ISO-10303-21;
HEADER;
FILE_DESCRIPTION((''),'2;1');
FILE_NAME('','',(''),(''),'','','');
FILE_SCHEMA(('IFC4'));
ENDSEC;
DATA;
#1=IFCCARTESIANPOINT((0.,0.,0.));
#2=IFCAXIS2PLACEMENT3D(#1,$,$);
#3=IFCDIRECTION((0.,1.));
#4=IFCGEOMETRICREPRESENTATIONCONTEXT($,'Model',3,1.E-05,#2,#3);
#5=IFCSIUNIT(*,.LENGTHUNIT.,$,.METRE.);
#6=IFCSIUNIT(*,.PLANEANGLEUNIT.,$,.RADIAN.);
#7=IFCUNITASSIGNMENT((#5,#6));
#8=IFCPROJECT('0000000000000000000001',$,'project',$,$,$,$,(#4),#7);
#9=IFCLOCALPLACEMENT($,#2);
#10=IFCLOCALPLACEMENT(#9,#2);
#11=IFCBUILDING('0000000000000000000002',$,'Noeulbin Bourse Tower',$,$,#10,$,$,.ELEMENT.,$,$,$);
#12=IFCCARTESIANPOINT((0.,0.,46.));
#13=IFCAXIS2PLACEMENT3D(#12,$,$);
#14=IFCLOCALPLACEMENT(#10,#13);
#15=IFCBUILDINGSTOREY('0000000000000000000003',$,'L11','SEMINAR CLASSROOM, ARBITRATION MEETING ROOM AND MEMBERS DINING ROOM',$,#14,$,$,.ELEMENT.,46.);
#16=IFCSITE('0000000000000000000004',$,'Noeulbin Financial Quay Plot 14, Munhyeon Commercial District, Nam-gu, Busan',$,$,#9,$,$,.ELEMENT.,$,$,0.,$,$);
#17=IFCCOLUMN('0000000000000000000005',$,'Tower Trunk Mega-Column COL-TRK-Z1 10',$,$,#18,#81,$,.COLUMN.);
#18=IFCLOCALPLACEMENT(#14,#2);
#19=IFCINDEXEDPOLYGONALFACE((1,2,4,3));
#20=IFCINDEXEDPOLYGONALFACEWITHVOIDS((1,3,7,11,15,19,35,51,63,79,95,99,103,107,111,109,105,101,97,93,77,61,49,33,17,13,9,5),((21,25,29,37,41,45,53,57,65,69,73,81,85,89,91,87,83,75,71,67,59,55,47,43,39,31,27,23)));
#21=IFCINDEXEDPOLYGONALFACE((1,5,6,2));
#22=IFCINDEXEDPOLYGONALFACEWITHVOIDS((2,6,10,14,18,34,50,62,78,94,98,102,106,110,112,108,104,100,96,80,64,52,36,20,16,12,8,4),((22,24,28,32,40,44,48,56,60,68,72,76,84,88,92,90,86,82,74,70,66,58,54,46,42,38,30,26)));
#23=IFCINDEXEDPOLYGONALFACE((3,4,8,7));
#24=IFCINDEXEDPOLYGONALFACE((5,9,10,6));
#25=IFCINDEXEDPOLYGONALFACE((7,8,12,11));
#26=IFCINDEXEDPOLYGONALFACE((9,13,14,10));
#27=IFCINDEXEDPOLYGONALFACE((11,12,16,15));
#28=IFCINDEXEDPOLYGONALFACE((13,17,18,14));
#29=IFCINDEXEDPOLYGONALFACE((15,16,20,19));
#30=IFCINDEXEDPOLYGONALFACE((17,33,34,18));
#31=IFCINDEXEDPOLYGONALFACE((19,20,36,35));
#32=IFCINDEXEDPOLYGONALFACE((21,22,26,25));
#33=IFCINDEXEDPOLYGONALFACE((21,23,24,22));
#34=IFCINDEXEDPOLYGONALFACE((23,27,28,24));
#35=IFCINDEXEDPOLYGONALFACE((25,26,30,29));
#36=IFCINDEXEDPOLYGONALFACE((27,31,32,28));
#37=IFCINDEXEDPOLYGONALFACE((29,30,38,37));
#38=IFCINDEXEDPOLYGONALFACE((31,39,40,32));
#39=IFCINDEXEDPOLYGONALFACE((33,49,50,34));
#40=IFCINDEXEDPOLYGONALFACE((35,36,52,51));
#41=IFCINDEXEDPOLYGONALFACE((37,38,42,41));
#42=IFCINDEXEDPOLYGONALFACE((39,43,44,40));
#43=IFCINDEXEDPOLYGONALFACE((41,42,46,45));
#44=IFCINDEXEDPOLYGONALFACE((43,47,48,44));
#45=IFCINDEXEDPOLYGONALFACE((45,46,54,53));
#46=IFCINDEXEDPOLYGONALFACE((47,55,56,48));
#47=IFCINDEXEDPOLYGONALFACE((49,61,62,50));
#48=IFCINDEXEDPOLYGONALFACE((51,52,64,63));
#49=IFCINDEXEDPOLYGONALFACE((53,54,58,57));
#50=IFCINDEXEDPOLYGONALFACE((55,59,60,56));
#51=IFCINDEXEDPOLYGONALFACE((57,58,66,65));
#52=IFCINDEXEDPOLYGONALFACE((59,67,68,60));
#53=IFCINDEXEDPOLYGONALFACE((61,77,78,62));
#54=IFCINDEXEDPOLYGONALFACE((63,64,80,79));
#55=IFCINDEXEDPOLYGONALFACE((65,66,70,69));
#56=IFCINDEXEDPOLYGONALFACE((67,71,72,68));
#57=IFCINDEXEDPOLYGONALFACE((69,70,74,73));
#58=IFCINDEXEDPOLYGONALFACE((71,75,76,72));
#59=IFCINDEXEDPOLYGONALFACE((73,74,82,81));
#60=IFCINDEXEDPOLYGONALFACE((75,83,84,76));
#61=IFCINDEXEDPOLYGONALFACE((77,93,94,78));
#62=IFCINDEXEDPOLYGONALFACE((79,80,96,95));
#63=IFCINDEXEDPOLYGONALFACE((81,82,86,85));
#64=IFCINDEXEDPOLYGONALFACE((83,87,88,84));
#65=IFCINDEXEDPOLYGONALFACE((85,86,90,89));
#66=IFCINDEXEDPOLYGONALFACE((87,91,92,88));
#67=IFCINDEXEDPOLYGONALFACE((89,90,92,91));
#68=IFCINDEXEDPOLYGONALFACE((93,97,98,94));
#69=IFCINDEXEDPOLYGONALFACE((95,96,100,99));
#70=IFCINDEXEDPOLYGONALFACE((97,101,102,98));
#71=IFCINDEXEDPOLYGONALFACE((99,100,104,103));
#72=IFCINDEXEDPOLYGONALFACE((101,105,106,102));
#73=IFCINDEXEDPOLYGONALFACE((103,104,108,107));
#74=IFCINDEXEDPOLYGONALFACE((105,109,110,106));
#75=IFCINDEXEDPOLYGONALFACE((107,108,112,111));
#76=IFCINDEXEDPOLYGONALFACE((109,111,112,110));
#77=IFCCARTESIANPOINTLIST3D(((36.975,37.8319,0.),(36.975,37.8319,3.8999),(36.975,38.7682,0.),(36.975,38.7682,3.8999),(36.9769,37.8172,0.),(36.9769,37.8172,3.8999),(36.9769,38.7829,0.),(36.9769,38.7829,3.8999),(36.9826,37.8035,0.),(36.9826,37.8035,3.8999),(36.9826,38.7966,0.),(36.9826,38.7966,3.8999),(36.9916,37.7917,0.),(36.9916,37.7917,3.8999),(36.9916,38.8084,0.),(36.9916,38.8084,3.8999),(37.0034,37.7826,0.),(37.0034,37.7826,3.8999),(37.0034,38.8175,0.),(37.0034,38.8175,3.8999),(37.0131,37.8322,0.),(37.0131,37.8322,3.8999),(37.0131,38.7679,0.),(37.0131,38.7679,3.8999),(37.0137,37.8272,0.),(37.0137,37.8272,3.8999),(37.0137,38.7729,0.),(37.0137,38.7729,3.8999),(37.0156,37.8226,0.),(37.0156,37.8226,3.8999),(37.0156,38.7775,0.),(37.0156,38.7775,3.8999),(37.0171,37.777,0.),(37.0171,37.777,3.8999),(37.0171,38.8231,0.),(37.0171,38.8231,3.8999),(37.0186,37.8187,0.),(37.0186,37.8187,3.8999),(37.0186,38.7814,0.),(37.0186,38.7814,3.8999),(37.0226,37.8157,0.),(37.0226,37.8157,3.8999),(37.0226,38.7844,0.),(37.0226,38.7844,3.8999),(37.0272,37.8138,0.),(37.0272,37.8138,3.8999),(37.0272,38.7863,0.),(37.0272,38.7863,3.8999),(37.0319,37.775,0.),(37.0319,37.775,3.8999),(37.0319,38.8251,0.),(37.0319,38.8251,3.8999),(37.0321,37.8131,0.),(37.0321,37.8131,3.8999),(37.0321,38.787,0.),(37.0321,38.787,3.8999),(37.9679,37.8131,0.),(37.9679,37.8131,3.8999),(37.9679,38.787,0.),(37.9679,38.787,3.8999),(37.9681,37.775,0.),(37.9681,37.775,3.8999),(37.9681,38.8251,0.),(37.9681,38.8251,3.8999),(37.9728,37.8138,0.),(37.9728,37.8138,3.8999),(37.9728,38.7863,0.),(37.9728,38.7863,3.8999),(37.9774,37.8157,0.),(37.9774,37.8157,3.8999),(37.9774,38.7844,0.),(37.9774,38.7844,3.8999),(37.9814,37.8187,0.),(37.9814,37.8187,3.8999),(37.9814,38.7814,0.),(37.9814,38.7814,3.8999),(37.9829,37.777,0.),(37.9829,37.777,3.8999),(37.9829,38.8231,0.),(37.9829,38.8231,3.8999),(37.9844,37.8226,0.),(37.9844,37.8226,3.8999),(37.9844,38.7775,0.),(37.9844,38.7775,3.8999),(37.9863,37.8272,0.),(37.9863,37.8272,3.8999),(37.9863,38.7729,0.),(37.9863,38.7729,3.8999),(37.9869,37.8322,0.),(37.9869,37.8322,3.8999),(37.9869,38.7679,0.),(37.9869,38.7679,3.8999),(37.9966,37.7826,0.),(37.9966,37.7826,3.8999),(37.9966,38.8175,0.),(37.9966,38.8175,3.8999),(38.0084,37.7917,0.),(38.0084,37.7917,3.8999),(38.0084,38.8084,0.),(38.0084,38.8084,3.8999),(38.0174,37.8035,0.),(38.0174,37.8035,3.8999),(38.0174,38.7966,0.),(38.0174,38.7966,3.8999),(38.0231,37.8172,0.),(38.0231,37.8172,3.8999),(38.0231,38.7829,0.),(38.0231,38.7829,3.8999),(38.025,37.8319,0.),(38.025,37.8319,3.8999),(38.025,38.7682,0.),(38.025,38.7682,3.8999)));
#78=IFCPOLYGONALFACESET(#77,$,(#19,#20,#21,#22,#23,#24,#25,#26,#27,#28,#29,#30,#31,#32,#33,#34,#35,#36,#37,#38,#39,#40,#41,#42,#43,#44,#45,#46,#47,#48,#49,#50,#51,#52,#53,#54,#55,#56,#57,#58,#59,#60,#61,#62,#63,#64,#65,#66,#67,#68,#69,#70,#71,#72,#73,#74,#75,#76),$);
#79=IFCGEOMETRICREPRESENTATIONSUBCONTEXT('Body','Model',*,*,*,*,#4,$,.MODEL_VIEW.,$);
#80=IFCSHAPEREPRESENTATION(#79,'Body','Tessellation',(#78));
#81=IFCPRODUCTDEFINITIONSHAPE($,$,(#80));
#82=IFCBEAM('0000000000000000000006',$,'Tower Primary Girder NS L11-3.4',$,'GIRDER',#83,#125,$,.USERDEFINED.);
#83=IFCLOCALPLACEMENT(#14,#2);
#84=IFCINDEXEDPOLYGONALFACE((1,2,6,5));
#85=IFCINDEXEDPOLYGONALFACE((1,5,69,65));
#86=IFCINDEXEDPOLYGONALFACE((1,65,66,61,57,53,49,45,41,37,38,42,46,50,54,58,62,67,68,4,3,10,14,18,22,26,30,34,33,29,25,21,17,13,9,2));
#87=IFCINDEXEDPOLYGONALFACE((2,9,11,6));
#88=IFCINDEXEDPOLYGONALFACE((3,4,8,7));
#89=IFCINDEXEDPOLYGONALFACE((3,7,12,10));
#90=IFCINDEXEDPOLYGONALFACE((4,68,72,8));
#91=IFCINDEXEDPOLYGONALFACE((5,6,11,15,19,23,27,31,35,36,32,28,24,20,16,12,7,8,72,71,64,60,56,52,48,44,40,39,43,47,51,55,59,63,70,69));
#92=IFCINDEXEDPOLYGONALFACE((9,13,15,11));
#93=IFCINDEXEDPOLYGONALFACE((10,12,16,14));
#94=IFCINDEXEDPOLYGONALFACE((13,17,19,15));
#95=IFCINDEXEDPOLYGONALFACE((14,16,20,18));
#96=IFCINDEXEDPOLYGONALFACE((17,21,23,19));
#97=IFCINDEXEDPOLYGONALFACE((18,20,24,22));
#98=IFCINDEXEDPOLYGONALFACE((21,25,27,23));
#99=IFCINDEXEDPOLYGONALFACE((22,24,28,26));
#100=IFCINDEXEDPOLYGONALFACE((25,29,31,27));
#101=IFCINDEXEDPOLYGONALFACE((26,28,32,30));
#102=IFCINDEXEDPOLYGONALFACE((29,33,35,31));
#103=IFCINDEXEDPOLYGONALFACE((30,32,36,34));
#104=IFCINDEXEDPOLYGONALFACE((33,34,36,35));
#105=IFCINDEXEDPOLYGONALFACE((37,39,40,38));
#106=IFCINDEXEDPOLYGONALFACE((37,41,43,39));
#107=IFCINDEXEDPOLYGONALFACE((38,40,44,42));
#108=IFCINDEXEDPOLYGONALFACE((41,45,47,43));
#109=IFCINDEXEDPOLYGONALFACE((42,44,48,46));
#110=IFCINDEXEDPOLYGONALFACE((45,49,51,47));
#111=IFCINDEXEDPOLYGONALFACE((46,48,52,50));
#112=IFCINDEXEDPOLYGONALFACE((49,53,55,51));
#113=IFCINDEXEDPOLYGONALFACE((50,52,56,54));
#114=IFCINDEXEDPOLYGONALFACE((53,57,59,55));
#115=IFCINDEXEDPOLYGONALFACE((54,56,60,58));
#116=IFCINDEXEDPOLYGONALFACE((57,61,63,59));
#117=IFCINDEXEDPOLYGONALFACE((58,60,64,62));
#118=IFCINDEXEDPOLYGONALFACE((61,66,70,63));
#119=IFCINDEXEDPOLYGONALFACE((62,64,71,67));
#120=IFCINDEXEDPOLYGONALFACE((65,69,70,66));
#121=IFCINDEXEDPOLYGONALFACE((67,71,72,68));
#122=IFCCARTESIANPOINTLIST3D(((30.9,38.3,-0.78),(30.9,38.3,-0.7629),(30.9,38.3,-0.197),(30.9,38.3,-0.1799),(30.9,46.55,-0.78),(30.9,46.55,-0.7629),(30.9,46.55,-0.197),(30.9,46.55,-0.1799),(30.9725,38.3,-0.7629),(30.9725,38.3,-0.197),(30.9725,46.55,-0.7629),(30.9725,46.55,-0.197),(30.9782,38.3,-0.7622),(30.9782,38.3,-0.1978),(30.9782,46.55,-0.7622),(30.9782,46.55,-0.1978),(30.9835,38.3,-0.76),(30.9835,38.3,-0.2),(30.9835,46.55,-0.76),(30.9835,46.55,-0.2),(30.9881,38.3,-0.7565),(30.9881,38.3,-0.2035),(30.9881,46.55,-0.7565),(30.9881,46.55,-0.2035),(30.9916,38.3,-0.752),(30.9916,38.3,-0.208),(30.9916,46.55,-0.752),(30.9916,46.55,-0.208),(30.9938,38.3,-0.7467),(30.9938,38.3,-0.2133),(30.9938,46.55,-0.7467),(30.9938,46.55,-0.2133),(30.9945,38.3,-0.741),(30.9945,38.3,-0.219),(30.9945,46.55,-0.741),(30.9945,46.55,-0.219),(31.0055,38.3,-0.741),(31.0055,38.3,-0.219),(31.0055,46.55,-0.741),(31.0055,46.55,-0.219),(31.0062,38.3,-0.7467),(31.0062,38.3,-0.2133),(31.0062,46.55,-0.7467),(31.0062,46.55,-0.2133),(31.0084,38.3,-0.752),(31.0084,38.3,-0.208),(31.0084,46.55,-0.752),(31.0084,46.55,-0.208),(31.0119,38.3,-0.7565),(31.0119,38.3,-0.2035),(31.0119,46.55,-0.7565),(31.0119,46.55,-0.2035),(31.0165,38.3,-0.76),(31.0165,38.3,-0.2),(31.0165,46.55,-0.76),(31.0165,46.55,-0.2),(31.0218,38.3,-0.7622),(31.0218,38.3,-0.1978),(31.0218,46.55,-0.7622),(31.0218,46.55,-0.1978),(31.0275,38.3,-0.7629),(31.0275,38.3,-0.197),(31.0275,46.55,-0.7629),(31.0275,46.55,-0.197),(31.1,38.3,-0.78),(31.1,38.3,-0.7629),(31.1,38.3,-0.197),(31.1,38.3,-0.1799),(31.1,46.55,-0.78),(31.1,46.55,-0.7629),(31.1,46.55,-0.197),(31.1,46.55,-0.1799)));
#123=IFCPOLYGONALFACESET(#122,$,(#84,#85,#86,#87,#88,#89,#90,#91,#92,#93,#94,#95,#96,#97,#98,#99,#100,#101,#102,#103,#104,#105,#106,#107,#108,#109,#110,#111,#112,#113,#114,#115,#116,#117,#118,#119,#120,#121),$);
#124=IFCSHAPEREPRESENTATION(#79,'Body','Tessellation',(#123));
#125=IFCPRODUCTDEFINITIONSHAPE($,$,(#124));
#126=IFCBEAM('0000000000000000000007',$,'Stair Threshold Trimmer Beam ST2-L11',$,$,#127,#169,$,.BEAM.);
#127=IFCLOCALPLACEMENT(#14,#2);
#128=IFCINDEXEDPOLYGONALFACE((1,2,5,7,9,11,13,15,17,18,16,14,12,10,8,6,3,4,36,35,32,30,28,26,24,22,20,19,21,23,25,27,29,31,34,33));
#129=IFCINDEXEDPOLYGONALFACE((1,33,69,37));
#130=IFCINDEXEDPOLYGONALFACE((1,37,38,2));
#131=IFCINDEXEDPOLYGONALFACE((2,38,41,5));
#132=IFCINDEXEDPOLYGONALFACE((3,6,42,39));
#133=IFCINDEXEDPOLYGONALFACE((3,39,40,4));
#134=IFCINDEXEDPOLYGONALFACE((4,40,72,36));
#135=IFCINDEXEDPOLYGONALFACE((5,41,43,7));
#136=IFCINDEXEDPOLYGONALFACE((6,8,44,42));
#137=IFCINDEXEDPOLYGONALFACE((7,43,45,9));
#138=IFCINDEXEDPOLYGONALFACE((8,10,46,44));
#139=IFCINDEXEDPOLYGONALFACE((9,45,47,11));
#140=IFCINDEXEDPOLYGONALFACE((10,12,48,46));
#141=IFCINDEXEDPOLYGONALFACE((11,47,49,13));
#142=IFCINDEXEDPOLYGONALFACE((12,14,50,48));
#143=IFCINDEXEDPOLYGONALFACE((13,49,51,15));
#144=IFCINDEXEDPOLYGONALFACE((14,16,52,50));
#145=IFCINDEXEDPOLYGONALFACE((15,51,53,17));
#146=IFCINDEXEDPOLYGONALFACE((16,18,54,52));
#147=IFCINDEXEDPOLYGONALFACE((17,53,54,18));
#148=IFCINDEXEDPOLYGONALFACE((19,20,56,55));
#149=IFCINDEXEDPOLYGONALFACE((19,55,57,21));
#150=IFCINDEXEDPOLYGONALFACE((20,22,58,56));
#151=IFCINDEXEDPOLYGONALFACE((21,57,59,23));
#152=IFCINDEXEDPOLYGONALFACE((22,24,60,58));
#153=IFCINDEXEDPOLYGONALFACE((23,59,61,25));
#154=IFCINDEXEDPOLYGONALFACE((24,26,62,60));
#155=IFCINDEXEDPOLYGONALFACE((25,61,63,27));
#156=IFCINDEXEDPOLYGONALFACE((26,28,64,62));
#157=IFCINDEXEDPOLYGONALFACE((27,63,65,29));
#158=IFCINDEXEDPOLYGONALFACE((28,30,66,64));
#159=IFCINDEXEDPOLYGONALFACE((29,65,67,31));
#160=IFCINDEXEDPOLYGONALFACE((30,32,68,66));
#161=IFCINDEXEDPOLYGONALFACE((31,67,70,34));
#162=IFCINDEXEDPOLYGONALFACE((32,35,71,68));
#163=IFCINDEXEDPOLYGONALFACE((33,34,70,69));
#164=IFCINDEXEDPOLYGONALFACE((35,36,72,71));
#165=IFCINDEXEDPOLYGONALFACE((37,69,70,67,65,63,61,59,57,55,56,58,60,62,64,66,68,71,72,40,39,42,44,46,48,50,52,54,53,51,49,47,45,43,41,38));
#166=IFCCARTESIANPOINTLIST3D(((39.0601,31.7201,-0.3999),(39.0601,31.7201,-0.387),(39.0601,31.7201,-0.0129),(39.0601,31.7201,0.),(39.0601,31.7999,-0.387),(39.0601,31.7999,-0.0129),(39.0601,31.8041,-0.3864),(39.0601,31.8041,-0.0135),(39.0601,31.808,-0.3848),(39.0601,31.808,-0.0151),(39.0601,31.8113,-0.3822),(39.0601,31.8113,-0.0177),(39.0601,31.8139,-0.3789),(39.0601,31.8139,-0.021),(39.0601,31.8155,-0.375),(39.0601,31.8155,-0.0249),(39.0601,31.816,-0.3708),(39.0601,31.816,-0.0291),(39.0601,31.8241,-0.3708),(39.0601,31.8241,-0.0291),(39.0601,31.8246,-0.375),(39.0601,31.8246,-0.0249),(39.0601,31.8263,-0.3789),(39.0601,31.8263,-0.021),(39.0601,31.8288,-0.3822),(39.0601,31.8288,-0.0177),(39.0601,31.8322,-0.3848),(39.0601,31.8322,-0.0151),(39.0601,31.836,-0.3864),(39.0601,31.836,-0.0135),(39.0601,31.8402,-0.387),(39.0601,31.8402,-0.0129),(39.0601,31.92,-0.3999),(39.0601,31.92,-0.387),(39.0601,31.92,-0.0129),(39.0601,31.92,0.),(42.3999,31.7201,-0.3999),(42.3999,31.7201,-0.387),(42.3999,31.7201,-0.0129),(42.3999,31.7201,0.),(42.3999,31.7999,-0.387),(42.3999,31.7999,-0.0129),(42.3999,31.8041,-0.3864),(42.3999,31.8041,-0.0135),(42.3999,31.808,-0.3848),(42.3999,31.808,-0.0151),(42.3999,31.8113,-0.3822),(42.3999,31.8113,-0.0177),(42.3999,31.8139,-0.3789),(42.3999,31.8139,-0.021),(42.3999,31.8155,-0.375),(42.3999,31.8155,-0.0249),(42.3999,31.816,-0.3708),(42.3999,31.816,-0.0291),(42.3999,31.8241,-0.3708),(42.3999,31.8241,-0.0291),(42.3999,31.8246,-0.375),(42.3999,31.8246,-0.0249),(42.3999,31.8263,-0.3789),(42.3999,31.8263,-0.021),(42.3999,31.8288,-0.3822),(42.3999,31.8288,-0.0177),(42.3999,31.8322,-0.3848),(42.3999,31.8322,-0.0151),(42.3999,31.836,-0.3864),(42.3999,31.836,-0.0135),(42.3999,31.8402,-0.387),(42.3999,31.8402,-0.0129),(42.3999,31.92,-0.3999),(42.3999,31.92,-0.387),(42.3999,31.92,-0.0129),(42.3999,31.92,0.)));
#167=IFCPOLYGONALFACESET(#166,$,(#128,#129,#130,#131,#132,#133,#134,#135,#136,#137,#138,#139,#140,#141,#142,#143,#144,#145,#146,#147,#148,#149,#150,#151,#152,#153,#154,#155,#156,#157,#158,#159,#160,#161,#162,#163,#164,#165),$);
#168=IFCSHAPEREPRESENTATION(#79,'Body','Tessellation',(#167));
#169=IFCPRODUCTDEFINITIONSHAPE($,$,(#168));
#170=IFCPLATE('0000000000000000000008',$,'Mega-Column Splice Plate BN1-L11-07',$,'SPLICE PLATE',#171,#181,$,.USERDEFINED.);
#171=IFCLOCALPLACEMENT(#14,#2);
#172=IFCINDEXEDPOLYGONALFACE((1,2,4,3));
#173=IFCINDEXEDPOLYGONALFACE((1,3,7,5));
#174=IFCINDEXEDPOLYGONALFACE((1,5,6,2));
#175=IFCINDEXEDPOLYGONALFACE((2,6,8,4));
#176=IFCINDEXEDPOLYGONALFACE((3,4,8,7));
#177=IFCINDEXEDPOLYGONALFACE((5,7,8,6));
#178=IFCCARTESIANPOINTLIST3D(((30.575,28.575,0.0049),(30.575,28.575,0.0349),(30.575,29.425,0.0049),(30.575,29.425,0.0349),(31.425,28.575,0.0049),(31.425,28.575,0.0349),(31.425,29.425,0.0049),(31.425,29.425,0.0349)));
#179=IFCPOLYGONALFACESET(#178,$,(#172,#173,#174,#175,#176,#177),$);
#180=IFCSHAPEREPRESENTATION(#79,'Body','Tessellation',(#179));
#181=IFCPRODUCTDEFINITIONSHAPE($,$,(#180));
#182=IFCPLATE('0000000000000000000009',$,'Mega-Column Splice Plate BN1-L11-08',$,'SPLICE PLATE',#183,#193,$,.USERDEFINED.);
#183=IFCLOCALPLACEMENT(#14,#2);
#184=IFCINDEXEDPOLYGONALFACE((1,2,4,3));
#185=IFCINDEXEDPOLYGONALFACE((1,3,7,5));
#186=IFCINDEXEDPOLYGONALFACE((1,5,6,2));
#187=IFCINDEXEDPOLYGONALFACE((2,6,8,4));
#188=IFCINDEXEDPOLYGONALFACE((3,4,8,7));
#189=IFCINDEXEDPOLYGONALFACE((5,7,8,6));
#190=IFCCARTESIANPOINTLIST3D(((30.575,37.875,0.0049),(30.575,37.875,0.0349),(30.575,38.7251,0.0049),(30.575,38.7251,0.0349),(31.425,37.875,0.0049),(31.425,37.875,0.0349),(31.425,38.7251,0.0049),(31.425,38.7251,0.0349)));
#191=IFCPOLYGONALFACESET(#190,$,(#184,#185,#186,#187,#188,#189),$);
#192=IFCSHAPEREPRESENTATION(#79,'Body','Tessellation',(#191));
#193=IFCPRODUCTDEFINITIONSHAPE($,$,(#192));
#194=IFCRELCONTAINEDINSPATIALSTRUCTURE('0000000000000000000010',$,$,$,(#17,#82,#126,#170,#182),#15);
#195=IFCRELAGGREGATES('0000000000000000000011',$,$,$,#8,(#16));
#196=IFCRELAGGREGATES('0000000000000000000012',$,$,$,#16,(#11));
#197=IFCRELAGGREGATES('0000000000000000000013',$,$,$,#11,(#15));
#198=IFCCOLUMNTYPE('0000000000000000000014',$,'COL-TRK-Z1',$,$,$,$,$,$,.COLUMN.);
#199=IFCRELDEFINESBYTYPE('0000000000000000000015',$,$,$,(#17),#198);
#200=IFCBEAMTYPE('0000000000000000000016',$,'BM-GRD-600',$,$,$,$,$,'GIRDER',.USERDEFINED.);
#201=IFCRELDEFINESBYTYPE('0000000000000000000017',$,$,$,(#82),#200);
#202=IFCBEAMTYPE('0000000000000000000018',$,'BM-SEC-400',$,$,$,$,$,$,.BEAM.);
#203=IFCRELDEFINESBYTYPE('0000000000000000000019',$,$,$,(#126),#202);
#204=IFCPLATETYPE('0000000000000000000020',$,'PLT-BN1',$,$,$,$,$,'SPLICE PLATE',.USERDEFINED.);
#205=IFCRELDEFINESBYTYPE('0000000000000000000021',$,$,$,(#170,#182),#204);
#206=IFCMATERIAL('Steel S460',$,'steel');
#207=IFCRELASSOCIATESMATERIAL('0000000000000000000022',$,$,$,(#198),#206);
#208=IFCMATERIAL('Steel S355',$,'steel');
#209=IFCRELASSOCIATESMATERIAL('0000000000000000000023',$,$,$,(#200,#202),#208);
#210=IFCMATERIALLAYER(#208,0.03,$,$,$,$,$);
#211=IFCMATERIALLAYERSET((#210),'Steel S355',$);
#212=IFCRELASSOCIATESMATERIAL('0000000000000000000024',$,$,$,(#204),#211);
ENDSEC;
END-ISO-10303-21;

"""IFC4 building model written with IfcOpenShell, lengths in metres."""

from ifc_helpers import new_model, si_unit, direction, frame, origin, origin_2d, place, context, subcontext, project, spatial, rectangle, hollow_rectangle, i_section, extrude, material, layer, layer_set, material_profile, profile_set, type_object, element, save


model = new_model("IFC4")

# Units and contexts
model_context = context("Model", 3, precision=1e-05, world=origin(), true_north=direction((0.0, 1.0)))
body_context = subcontext(model_context, "Body", "Model", "MODEL_VIEW")
ifc_project = project(units=[si_unit("LENGTHUNIT", "METRE"), si_unit("PLANEANGLEUNIT", "RADIAN")], contexts=[model_context])

# Site, building, storey
site_placement = place(None, origin())
site = spatial("IfcSite", under=ifc_project, at=site_placement, Name="Noeulbin Financial Quay Plot 14, Munhyeon Commercial District, Nam-gu, Busan", CompositionType="ELEMENT", RefElevation=0.0)
building_placement = place(site_placement, origin())
building = spatial("IfcBuilding", under=site, at=building_placement, Name="Noeulbin Bourse Tower", CompositionType="ELEMENT")
storey_placement = place(building_placement, frame((0.0, 0.0, 46.0)))
storey = spatial("IfcBuildingStorey", under=building, at=storey_placement, Name="L11", Description="SEMINAR CLASSROOM, ARBITRATION MEETING ROOM AND MEMBERS DINING ROOM", CompositionType="ELEMENT", Elevation=46.0)

# Column
ifc_material_1 = material(Name="Steel S460", Category="steel")
ifc_material_profile_1 = material_profile(ifc_material_1, hollow_rectangle(XDim=1.05, YDim=1.05, WallThickness=0.0381, InnerFilletRadius=0.019, OuterFilletRadius=0.0569, at=origin_2d()), Name="BOX-1050x1050x38", Category="LoadBearing")
ifc_profile_set_1 = profile_set([ifc_material_profile_1], Name="Steel S460")
column_type = type_object("IfcColumnType", Name="COL-TRK-Z1", PredefinedType="COLUMN", material=ifc_profile_set_1)
for number, where, z_axis, x_axis, name in (
    (1, (37.5, 38.3, 0.0), (0.0, 0.0, 1.0), (1.0, 0.0, 0.0), "Tower Trunk Mega-Column COL-TRK-Z1 10"),
):
    element("IfcColumn", number, at=place(storey_placement, frame(where, z_axis=z_axis, x_axis=x_axis)), inside=storey, type_object=column_type, Name=name, PredefinedType="COLUMN", context=body_context, shape_type="SweptSolid", body=[
        extrude(hollow_rectangle(XDim=1.05, YDim=1.05, WallThickness=0.0381, InnerFilletRadius=0.019, OuterFilletRadius=0.0569, at=origin_2d()), origin(), (0.0, 0.0, 1.0), 3.8999),
    ])

# Beams
ifc_material_2 = material(Name="Steel S355", Category="steel")
ifc_material_profile_2 = material_profile(ifc_material_2, i_section(OverallWidth=0.2, OverallDepth=0.6001, WebThickness=0.011, FlangeThickness=0.0171, FilletRadius=0.022, at=origin_2d()), Name="H-600x200x11x17", Category="LoadBearing")
ifc_profile_set_2 = profile_set([ifc_material_profile_2], Name="Steel S355")
beam_type_1 = type_object("IfcBeamType", Name="BM-GRD-600", ElementType="GIRDER", PredefinedType="USERDEFINED", material=ifc_profile_set_2)
beam_1_placement = place(storey_placement, frame((31.0, 38.3, -0.48), z_axis=(0.0, 1.0, 0.0), x_axis=(-1.0, 0.0, 0.0)))
element("IfcBeam", 2, at=beam_1_placement, inside=storey, type_object=beam_type_1, Name="Tower Primary Girder NS L11-3.4", ObjectType="GIRDER", PredefinedType="USERDEFINED", context=body_context, shape_type="SweptSolid", body=[
    extrude(i_section(OverallWidth=0.2, OverallDepth=0.6001, WebThickness=0.011, FlangeThickness=0.0171, FilletRadius=0.022, at=origin_2d()), origin(), (0.0, 0.0, 1.0), 8.25),
])
ifc_material_profile_3 = material_profile(ifc_material_2, i_section(OverallWidth=0.2, OverallDepth=0.3999, WebThickness=0.0081, FlangeThickness=0.0129, FilletRadius=0.0161, at=origin_2d()), Name="H-400x200x8x13", Category="LoadBearing")
ifc_profile_set_3 = profile_set([ifc_material_profile_3], Name="Steel S355")
beam_type_2 = type_object("IfcBeamType", Name="BM-SEC-400", PredefinedType="BEAM", material=ifc_profile_set_3)
beam_2_placement = place(storey_placement, frame((39.0601, 31.8201, -0.2), z_axis=(1.0, 0.0, 0.0), x_axis=(0.0, 1.0, 0.0)))
element("IfcBeam", 3, at=beam_2_placement, inside=storey, type_object=beam_type_2, Name="Stair Threshold Trimmer Beam ST2-L11", PredefinedType="BEAM", context=body_context, shape_type="SweptSolid", body=[
    extrude(i_section(OverallWidth=0.2, OverallDepth=0.3999, WebThickness=0.0081, FlangeThickness=0.0129, FilletRadius=0.0161, at=origin_2d()), origin(), (0.0, 0.0, 1.0), 3.3398),
])

# Plates
ifc_layer_1 = layer(ifc_material_2, 0.03)
ifc_layer_set_1 = layer_set([ifc_layer_1], Name="Steel S355")
plate_type = type_object("IfcPlateType", Name="PLT-BN1", ElementType="SPLICE PLATE", PredefinedType="USERDEFINED", material=ifc_layer_set_1)
for number, where, z_axis, x_axis, name in (
    (4, (31.0, 29.0, 0.0049), (0.0, 0.0, 1.0), (1.0, 0.0, 0.0), "Mega-Column Splice Plate BN1-L11-07"),
    (5, (31.0, 38.3, 0.0049), (0.0, 0.0, 1.0), (1.0, 0.0, 0.0), "Mega-Column Splice Plate BN1-L11-08"),
):
    element("IfcPlate", number, at=place(storey_placement, frame(where, z_axis=z_axis, x_axis=x_axis)), inside=storey, type_object=plate_type, Name=name, ObjectType="SPLICE PLATE", PredefinedType="USERDEFINED", context=body_context, shape_type="SweptSolid", body=[
        extrude(rectangle(XDim=0.8501, YDim=0.8501, at=origin_2d()), origin(), (0.0, 0.0, 1.0), 0.03),
    ])

save(model, "model.ifc")
